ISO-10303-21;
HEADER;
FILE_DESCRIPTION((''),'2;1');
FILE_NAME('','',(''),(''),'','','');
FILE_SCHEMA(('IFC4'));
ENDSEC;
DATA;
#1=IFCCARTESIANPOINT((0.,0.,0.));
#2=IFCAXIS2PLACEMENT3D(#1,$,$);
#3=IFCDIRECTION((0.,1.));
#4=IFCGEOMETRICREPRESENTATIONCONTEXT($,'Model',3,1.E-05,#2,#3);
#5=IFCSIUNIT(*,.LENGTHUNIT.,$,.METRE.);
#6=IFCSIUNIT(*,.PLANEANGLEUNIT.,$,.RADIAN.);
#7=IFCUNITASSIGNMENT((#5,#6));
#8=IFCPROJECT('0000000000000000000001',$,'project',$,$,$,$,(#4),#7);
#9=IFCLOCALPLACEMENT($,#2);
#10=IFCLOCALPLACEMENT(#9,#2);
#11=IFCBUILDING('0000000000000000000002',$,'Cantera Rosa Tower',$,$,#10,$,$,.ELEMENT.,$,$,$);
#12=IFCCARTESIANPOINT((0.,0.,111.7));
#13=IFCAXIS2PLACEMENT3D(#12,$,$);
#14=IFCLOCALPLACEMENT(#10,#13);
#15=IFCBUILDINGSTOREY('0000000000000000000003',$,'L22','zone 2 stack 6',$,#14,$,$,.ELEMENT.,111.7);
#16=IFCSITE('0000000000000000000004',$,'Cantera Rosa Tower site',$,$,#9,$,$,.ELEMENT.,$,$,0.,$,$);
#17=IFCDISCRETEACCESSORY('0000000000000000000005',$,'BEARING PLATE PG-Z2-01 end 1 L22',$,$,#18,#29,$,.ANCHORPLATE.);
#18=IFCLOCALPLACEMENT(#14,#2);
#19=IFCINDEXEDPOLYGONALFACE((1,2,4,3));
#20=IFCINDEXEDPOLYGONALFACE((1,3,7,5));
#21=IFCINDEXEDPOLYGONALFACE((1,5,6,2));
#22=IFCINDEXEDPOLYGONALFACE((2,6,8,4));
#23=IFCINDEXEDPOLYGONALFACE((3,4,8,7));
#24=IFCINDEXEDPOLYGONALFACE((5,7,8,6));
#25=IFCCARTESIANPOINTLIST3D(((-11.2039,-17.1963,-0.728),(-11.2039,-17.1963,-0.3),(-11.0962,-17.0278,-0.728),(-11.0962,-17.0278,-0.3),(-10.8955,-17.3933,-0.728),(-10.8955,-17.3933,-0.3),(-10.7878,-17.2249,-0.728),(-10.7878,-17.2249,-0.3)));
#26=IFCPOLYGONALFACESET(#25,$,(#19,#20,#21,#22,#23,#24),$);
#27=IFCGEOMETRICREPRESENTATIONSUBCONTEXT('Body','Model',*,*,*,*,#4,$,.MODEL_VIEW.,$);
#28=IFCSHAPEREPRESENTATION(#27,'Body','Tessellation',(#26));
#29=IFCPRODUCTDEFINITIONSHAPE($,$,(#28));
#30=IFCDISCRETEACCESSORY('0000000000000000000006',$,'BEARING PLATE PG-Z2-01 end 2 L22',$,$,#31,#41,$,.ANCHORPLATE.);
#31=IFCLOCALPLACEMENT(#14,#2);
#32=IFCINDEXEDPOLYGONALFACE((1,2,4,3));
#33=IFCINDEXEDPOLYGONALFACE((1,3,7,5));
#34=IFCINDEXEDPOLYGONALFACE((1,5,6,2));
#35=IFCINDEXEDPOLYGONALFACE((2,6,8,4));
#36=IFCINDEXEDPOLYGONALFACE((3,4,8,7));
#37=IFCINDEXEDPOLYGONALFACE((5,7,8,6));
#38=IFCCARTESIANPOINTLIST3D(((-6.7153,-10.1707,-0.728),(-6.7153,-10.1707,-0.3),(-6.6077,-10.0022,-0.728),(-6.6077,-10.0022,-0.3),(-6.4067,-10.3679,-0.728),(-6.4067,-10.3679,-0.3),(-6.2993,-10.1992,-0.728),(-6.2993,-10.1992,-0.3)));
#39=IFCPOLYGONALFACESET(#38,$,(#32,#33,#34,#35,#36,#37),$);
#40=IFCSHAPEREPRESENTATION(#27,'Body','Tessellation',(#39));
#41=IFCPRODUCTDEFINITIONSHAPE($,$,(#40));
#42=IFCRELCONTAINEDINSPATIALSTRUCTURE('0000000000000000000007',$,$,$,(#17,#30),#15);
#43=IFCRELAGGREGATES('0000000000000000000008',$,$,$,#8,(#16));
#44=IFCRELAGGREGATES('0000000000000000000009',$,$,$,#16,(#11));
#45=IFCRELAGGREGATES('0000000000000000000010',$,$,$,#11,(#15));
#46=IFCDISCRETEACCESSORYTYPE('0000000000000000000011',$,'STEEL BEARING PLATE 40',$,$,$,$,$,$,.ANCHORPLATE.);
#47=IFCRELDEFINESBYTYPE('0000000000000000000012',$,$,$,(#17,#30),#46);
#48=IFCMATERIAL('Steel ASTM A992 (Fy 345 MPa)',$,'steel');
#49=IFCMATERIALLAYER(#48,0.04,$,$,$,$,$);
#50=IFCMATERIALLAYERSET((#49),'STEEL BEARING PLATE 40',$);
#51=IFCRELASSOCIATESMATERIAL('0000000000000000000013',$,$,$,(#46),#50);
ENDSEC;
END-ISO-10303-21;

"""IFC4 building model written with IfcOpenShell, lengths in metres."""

from ifc_helpers import new_model, si_unit, direction, frame, origin, place, context, subcontext, project, spatial, polyline, outline, extrude, material, layer, layer_set, type_object, element, save


model = new_model("IFC4")

# Units and contexts
model_context = context("Model", 3, precision=1e-05, world=origin(), true_north=direction((0.0, 1.0)))
body_context = subcontext(model_context, "Body", "Model", "MODEL_VIEW")
ifc_project = project(units=[si_unit("LENGTHUNIT", "METRE"), si_unit("PLANEANGLEUNIT", "RADIAN")], contexts=[model_context])

# Site, building, storey
site_placement = place(None, origin())
site = spatial("IfcSite", under=ifc_project, at=site_placement, Name="Cantera Rosa Tower site", CompositionType="ELEMENT", RefElevation=0.0)
building_placement = place(site_placement, origin())
building = spatial("IfcBuilding", under=site, at=building_placement, Name="Cantera Rosa Tower", CompositionType="ELEMENT")
storey_placement = place(building_placement, frame((0.0, 0.0, 111.7)))
storey = spatial("IfcBuildingStorey", under=building, at=storey_placement, Name="L22", Description="zone 2 stack 6", CompositionType="ELEMENT", Elevation=111.7)

# Discrete accessories
ifc_material_1 = material(Name="Steel ASTM A992 (Fy 345 MPa)", Category="steel")
ifc_layer_1 = layer(ifc_material_1, 0.04)
ifc_layer_set_1 = layer_set([ifc_layer_1], Name="STEEL BEARING PLATE 40")
discrete_accessory_type = type_object("IfcDiscreteAccessoryType", Name="STEEL BEARING PLATE 40", PredefinedType="ANCHORPLATE", material=ifc_layer_set_1)
discrete_accessory_1_placement = place(storey_placement, frame((0.0, 0.0, -0.728)))
element("IfcDiscreteAccessory", 1, at=discrete_accessory_1_placement, inside=storey, type_object=discrete_accessory_type, Name="BEARING PLATE PG-Z2-01 end 1 L22", PredefinedType="ANCHORPLATE", context=body_context, shape_type="SweptSolid", body=[
    extrude(outline(polyline([(-11.0962, -17.0278), (-11.2039, -17.1963), (-10.8955, -17.3933), (-10.7878, -17.2249), (-11.0962, -17.0278)])), origin(), (0.0, 0.0, 1.0), 0.428),
])
discrete_accessory_2_placement = place(storey_placement, frame((0.0, 0.0, -0.728)))
element("IfcDiscreteAccessory", 2, at=discrete_accessory_2_placement, inside=storey, type_object=discrete_accessory_type, Name="BEARING PLATE PG-Z2-01 end 2 L22", PredefinedType="ANCHORPLATE", context=body_context, shape_type="SweptSolid", body=[
    extrude(outline(polyline([(-6.4067, -10.3679), (-6.2993, -10.1992), (-6.6077, -10.0022), (-6.7153, -10.1707), (-6.4067, -10.3679)])), origin(), (0.0, 0.0, 1.0), 0.428),
])

save(model, "model.ifc")
